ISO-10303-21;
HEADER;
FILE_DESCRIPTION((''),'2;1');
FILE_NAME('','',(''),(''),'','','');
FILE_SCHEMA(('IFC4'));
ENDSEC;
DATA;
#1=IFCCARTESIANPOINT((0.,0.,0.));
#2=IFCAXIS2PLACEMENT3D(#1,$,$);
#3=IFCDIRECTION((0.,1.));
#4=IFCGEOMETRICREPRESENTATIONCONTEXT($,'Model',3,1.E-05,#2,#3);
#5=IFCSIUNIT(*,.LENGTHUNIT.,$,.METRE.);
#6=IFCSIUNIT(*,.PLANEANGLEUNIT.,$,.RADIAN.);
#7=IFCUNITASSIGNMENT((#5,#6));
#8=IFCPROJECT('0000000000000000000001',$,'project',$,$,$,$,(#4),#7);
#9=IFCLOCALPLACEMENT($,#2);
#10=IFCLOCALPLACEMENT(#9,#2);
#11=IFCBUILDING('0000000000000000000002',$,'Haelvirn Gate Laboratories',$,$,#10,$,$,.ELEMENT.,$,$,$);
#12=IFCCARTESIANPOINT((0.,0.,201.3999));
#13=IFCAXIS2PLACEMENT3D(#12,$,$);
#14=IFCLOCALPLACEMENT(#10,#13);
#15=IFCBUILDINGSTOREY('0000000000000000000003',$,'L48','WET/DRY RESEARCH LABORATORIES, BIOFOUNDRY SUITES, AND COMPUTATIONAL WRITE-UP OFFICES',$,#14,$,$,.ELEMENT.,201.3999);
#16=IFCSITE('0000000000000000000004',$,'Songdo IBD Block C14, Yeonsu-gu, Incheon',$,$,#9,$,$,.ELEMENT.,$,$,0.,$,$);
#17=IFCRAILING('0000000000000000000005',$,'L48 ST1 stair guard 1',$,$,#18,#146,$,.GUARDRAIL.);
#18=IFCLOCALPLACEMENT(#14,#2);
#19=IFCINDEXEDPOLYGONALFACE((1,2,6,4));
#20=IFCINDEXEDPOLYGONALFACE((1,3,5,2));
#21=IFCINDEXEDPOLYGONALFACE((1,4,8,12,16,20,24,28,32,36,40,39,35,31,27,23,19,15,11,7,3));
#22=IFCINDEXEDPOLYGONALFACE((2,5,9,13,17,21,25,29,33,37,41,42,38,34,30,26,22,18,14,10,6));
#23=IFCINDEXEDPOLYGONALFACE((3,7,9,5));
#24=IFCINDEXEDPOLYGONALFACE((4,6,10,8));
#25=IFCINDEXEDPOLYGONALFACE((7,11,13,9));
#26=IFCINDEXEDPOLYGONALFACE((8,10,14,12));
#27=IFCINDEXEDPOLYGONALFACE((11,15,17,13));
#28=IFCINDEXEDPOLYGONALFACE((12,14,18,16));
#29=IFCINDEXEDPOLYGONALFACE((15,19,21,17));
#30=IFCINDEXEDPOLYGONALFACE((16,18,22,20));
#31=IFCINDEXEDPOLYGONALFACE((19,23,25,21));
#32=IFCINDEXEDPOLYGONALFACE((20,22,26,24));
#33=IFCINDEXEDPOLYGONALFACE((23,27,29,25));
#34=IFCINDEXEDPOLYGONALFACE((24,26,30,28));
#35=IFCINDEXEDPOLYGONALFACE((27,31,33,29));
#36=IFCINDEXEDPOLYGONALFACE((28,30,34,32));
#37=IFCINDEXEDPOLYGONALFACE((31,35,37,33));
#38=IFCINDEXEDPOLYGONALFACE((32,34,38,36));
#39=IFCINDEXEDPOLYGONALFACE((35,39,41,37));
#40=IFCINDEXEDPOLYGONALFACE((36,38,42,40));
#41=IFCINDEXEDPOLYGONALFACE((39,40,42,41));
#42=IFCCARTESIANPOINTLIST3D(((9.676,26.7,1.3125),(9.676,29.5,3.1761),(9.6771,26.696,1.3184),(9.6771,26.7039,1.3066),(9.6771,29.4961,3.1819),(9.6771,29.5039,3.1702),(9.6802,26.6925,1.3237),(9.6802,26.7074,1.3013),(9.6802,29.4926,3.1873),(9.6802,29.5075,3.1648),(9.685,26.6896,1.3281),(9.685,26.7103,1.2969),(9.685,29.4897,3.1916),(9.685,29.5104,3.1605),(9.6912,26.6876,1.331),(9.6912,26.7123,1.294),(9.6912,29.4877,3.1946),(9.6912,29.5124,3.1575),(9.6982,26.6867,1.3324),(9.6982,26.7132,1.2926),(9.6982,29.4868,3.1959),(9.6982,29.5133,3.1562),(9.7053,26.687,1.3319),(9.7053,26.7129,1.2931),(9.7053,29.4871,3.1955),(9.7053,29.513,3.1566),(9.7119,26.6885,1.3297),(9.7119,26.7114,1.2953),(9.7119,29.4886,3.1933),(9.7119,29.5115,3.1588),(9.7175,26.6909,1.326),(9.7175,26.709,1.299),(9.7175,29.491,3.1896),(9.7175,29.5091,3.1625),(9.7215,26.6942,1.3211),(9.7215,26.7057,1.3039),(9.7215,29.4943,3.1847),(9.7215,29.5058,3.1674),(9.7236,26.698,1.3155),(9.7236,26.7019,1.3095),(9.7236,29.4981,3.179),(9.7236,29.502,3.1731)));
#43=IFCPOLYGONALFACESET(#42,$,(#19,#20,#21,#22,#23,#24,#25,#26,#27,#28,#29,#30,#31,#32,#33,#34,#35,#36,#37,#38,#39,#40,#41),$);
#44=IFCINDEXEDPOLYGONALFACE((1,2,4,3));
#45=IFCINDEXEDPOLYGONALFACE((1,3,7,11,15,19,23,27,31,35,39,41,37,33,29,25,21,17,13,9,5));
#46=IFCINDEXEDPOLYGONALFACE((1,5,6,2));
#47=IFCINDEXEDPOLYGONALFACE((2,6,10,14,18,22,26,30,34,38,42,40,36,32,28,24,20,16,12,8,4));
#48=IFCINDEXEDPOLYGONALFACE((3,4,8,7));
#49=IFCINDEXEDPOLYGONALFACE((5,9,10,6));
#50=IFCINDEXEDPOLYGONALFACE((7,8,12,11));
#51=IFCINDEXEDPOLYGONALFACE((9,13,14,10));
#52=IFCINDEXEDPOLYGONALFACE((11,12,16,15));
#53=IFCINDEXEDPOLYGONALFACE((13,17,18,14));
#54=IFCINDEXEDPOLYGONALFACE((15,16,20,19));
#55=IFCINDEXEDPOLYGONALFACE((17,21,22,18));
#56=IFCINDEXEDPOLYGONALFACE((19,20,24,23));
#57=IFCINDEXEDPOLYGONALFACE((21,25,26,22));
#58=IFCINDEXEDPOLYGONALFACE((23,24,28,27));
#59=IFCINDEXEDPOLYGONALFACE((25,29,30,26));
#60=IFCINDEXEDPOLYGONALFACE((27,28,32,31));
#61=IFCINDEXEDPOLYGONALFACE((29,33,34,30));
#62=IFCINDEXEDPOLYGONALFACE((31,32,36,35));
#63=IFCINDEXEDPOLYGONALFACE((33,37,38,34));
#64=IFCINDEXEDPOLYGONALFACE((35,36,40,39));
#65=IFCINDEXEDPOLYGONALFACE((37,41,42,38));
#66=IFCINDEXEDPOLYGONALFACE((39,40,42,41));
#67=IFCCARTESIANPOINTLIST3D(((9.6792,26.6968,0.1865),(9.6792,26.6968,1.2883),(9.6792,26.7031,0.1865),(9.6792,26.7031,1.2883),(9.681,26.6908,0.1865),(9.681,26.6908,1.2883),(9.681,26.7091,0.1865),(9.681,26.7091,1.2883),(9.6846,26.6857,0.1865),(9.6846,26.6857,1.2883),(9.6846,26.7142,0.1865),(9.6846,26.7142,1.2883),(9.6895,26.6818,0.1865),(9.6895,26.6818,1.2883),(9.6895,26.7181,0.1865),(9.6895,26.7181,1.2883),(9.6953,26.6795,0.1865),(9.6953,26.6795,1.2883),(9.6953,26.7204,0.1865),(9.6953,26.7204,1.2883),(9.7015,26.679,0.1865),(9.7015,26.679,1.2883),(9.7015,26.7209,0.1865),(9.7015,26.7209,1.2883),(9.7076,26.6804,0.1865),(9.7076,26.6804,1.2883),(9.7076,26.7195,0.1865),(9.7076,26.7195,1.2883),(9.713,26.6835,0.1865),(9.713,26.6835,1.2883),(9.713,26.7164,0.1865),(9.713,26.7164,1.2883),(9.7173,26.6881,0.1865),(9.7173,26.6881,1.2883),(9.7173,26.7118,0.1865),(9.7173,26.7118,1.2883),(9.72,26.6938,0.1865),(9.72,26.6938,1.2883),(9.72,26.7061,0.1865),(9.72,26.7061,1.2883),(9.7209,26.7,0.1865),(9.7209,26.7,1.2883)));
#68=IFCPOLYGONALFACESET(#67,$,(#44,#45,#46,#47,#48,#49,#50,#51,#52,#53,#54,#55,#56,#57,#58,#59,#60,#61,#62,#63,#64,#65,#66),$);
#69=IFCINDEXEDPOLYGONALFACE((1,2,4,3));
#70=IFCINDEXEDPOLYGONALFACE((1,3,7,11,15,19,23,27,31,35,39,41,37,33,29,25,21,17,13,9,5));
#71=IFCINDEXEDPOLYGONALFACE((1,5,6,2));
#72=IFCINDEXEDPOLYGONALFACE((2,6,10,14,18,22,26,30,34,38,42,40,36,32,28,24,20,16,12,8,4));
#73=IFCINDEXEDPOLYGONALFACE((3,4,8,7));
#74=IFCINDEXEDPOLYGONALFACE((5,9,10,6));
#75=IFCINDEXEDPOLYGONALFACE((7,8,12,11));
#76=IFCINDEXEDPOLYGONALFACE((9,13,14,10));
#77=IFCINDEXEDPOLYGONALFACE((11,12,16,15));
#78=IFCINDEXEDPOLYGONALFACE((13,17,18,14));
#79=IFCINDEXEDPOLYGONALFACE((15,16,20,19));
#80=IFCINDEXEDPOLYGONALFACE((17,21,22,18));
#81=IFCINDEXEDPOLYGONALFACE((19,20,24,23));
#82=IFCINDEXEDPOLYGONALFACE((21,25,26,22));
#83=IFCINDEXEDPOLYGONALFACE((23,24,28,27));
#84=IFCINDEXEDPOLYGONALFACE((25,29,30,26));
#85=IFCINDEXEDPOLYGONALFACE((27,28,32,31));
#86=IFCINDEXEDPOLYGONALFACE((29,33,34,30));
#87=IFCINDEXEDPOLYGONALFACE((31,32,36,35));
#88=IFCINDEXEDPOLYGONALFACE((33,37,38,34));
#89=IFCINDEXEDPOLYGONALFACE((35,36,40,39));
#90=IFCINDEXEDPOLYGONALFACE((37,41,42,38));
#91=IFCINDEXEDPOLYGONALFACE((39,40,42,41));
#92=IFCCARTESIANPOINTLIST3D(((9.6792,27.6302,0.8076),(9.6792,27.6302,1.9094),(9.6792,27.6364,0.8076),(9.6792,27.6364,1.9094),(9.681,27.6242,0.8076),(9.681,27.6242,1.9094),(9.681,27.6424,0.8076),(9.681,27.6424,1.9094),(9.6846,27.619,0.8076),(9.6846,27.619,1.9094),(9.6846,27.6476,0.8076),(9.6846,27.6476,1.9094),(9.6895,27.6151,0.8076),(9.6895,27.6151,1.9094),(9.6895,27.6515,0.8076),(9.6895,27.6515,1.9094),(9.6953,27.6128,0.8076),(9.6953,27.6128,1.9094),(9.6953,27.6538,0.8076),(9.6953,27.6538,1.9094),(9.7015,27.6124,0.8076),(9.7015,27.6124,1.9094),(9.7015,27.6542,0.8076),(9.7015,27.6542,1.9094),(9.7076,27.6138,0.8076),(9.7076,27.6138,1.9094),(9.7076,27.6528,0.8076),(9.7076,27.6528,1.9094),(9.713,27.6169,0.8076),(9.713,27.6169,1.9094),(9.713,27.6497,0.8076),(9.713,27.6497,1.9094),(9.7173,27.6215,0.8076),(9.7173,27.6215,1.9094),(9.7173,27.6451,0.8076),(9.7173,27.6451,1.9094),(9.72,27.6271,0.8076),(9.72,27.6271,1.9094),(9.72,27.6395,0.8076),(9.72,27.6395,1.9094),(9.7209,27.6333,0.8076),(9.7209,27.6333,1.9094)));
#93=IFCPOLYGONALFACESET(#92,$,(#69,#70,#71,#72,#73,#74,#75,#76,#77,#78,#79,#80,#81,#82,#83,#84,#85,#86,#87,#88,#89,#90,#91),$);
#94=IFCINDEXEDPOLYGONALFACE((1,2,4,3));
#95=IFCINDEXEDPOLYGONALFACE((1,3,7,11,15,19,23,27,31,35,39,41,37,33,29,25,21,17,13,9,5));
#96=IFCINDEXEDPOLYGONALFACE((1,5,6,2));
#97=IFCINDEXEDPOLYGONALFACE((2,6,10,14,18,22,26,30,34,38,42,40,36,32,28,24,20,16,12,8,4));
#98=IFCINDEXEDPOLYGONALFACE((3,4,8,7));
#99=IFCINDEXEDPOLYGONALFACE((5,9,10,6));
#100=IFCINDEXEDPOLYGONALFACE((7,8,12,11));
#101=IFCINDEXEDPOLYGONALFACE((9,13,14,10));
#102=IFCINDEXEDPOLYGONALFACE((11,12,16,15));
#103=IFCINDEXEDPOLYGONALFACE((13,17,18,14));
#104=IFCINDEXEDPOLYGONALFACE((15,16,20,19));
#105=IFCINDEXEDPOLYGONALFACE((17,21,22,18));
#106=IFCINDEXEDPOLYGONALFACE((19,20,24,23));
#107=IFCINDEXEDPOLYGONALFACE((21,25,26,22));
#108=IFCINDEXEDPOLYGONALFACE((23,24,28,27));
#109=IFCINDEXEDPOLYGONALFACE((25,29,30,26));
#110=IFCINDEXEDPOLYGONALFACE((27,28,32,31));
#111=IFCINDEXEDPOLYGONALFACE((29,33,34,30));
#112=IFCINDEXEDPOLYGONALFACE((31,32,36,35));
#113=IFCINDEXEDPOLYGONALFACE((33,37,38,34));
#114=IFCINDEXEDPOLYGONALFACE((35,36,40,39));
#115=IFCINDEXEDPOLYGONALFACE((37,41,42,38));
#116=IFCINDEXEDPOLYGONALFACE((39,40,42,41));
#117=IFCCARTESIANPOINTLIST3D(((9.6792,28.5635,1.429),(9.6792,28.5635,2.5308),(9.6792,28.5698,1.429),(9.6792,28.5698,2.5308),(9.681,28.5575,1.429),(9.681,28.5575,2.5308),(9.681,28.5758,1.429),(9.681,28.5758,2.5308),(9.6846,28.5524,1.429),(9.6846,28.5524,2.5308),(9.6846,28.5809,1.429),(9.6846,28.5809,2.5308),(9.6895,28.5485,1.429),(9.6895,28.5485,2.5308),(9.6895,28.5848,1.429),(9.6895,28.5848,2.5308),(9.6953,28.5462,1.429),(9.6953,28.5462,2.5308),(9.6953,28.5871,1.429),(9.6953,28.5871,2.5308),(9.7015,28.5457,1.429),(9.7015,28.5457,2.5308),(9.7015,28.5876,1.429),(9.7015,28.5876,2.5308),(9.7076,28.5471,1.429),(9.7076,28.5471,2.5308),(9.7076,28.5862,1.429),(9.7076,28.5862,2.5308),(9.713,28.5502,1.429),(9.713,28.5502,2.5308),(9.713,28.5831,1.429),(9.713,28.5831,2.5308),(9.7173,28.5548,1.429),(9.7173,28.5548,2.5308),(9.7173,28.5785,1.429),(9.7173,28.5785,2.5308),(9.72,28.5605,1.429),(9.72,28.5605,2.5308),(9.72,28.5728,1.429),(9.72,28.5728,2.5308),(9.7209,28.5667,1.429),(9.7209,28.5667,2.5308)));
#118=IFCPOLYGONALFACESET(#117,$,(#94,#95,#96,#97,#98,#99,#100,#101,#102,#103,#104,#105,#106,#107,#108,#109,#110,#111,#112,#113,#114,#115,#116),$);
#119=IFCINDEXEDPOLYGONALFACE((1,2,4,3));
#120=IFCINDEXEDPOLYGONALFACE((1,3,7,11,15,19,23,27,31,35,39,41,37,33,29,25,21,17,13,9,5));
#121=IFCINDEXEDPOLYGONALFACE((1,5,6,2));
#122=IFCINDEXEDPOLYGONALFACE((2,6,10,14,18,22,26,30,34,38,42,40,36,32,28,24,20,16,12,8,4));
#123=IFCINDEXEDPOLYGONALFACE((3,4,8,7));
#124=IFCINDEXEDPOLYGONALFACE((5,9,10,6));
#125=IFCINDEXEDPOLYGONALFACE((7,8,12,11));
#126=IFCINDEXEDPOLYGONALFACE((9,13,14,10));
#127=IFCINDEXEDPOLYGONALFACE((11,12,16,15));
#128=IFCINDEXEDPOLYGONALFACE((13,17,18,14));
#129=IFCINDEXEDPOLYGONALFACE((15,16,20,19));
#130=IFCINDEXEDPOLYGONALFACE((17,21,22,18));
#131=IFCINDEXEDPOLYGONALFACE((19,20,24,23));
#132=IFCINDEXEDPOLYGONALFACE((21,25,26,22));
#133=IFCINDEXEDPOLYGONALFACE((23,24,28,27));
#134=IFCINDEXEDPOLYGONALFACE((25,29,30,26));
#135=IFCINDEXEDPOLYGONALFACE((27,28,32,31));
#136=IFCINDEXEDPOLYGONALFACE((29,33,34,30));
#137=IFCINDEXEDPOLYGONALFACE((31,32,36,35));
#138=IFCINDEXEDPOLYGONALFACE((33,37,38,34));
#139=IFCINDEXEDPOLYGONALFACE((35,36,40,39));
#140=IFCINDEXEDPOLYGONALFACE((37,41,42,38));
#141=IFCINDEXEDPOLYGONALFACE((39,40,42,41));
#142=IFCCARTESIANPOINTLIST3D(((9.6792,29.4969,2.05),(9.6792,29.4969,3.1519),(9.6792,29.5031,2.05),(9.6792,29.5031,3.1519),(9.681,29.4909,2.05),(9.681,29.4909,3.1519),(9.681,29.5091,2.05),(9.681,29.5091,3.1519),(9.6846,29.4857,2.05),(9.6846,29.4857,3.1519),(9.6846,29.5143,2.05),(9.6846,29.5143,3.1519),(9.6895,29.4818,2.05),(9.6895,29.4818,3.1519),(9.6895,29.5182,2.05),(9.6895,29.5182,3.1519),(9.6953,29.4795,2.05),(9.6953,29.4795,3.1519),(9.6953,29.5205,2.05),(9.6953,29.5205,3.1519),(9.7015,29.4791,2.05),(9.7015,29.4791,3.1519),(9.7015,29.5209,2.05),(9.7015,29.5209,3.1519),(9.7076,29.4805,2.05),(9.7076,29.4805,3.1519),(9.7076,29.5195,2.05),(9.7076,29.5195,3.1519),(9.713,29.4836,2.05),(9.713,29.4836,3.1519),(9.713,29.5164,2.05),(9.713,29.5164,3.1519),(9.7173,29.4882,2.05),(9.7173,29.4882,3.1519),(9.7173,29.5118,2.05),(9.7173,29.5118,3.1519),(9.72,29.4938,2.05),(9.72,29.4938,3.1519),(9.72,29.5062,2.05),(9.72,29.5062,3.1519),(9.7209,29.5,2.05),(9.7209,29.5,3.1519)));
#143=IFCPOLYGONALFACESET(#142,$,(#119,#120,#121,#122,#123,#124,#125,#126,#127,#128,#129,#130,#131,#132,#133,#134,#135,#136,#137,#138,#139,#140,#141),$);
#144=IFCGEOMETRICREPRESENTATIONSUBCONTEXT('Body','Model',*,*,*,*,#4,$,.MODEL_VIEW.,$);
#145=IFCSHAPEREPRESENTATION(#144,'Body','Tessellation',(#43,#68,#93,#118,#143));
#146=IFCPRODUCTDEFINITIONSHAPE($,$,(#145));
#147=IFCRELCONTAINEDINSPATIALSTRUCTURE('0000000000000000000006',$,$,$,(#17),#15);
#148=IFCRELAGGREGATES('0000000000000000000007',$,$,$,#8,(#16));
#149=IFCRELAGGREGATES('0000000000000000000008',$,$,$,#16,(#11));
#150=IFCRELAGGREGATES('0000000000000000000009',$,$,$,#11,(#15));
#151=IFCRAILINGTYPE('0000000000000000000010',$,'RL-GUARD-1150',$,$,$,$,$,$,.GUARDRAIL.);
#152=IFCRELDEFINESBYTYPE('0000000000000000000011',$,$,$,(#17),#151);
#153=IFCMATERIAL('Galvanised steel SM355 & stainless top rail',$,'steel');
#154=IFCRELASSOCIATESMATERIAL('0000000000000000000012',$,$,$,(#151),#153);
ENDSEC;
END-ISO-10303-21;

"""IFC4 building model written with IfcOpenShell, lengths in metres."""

from ifc_helpers import new_model, si_unit, direction, frame, origin, origin_2d, place, context, subcontext, project, spatial, circle, extrude, source, transform, mapped, material, type_object, element, save


model = new_model("IFC4")

# Units and contexts
model_context = context("Model", 3, precision=1e-05, world=origin(), true_north=direction((0.0, 1.0)))
body_context = subcontext(model_context, "Body", "Model", "MODEL_VIEW")
ifc_project = project(units=[si_unit("LENGTHUNIT", "METRE"), si_unit("PLANEANGLEUNIT", "RADIAN")], contexts=[model_context])

# Site, building, storey
site_placement = place(None, origin())
site = spatial("IfcSite", under=ifc_project, at=site_placement, Name="Songdo IBD Block C14, Yeonsu-gu, Incheon", CompositionType="ELEMENT", RefElevation=0.0)
building_placement = place(site_placement, origin())
building = spatial("IfcBuilding", under=site, at=building_placement, Name="Haelvirn Gate Laboratories", CompositionType="ELEMENT")
storey_placement = place(building_placement, frame((0.0, 0.0, 201.3999)))
storey = spatial("IfcBuildingStorey", under=building, at=storey_placement, Name="L48", Description="WET/DRY RESEARCH LABORATORIES, BIOFOUNDRY SUITES, AND COMPUTATIONAL WRITE-UP OFFICES", CompositionType="ELEMENT", Elevation=201.3999)

# Railing
ifc_material_1 = material(Name="Galvanised steel SM355 & stainless top rail", Category="steel")
railing_type_1 = type_object("IfcRailingType", Name="RL-GUARD-1150", PredefinedType="GUARDRAIL", material=ifc_material_1)
shared_shape_1 = source(origin(), body_context, "Body", "SweptSolid", [
    extrude(circle(Radius=0.0239, at=origin_2d()), frame((0.0, 0.0, 1.126), z_axis=(0.0, 0.832486, 0.554047), x_axis=(-1.0, 0.0, 0.0)), (0.0, 0.0, 1.0), 3.3635),
    extrude(circle(Radius=0.021, at=origin_2d()), origin(), (0.0, 0.0, 1.0), 1.1018),
    extrude(circle(Radius=0.021, at=origin_2d()), frame((0.0, 0.9333, 0.6211)), (0.0, 0.0, 1.0), 1.1018),
    extrude(circle(Radius=0.021, at=origin_2d()), frame((0.0, 1.8667, 1.2424)), (0.0, 0.0, 1.0), 1.1018),
    extrude(circle(Radius=0.021, at=origin_2d()), frame((0.0, 2.8, 1.8635)), (0.0, 0.0, 1.0), 1.1018),
])
railing_1_placement = place(storey_placement, frame((9.7, 26.7, 0.1865)))
element("IfcRailing", 1, at=railing_1_placement, inside=storey, type_object=railing_type_1, Name="L48 ST1 stair guard 1", PredefinedType="GUARDRAIL", context=body_context, shape_type="MappedRepresentation", body=[
    mapped(shared_shape_1, transform((0.0, 0.0, 0.0), scale=1.0)),
])

save(model, "model.ifc")
